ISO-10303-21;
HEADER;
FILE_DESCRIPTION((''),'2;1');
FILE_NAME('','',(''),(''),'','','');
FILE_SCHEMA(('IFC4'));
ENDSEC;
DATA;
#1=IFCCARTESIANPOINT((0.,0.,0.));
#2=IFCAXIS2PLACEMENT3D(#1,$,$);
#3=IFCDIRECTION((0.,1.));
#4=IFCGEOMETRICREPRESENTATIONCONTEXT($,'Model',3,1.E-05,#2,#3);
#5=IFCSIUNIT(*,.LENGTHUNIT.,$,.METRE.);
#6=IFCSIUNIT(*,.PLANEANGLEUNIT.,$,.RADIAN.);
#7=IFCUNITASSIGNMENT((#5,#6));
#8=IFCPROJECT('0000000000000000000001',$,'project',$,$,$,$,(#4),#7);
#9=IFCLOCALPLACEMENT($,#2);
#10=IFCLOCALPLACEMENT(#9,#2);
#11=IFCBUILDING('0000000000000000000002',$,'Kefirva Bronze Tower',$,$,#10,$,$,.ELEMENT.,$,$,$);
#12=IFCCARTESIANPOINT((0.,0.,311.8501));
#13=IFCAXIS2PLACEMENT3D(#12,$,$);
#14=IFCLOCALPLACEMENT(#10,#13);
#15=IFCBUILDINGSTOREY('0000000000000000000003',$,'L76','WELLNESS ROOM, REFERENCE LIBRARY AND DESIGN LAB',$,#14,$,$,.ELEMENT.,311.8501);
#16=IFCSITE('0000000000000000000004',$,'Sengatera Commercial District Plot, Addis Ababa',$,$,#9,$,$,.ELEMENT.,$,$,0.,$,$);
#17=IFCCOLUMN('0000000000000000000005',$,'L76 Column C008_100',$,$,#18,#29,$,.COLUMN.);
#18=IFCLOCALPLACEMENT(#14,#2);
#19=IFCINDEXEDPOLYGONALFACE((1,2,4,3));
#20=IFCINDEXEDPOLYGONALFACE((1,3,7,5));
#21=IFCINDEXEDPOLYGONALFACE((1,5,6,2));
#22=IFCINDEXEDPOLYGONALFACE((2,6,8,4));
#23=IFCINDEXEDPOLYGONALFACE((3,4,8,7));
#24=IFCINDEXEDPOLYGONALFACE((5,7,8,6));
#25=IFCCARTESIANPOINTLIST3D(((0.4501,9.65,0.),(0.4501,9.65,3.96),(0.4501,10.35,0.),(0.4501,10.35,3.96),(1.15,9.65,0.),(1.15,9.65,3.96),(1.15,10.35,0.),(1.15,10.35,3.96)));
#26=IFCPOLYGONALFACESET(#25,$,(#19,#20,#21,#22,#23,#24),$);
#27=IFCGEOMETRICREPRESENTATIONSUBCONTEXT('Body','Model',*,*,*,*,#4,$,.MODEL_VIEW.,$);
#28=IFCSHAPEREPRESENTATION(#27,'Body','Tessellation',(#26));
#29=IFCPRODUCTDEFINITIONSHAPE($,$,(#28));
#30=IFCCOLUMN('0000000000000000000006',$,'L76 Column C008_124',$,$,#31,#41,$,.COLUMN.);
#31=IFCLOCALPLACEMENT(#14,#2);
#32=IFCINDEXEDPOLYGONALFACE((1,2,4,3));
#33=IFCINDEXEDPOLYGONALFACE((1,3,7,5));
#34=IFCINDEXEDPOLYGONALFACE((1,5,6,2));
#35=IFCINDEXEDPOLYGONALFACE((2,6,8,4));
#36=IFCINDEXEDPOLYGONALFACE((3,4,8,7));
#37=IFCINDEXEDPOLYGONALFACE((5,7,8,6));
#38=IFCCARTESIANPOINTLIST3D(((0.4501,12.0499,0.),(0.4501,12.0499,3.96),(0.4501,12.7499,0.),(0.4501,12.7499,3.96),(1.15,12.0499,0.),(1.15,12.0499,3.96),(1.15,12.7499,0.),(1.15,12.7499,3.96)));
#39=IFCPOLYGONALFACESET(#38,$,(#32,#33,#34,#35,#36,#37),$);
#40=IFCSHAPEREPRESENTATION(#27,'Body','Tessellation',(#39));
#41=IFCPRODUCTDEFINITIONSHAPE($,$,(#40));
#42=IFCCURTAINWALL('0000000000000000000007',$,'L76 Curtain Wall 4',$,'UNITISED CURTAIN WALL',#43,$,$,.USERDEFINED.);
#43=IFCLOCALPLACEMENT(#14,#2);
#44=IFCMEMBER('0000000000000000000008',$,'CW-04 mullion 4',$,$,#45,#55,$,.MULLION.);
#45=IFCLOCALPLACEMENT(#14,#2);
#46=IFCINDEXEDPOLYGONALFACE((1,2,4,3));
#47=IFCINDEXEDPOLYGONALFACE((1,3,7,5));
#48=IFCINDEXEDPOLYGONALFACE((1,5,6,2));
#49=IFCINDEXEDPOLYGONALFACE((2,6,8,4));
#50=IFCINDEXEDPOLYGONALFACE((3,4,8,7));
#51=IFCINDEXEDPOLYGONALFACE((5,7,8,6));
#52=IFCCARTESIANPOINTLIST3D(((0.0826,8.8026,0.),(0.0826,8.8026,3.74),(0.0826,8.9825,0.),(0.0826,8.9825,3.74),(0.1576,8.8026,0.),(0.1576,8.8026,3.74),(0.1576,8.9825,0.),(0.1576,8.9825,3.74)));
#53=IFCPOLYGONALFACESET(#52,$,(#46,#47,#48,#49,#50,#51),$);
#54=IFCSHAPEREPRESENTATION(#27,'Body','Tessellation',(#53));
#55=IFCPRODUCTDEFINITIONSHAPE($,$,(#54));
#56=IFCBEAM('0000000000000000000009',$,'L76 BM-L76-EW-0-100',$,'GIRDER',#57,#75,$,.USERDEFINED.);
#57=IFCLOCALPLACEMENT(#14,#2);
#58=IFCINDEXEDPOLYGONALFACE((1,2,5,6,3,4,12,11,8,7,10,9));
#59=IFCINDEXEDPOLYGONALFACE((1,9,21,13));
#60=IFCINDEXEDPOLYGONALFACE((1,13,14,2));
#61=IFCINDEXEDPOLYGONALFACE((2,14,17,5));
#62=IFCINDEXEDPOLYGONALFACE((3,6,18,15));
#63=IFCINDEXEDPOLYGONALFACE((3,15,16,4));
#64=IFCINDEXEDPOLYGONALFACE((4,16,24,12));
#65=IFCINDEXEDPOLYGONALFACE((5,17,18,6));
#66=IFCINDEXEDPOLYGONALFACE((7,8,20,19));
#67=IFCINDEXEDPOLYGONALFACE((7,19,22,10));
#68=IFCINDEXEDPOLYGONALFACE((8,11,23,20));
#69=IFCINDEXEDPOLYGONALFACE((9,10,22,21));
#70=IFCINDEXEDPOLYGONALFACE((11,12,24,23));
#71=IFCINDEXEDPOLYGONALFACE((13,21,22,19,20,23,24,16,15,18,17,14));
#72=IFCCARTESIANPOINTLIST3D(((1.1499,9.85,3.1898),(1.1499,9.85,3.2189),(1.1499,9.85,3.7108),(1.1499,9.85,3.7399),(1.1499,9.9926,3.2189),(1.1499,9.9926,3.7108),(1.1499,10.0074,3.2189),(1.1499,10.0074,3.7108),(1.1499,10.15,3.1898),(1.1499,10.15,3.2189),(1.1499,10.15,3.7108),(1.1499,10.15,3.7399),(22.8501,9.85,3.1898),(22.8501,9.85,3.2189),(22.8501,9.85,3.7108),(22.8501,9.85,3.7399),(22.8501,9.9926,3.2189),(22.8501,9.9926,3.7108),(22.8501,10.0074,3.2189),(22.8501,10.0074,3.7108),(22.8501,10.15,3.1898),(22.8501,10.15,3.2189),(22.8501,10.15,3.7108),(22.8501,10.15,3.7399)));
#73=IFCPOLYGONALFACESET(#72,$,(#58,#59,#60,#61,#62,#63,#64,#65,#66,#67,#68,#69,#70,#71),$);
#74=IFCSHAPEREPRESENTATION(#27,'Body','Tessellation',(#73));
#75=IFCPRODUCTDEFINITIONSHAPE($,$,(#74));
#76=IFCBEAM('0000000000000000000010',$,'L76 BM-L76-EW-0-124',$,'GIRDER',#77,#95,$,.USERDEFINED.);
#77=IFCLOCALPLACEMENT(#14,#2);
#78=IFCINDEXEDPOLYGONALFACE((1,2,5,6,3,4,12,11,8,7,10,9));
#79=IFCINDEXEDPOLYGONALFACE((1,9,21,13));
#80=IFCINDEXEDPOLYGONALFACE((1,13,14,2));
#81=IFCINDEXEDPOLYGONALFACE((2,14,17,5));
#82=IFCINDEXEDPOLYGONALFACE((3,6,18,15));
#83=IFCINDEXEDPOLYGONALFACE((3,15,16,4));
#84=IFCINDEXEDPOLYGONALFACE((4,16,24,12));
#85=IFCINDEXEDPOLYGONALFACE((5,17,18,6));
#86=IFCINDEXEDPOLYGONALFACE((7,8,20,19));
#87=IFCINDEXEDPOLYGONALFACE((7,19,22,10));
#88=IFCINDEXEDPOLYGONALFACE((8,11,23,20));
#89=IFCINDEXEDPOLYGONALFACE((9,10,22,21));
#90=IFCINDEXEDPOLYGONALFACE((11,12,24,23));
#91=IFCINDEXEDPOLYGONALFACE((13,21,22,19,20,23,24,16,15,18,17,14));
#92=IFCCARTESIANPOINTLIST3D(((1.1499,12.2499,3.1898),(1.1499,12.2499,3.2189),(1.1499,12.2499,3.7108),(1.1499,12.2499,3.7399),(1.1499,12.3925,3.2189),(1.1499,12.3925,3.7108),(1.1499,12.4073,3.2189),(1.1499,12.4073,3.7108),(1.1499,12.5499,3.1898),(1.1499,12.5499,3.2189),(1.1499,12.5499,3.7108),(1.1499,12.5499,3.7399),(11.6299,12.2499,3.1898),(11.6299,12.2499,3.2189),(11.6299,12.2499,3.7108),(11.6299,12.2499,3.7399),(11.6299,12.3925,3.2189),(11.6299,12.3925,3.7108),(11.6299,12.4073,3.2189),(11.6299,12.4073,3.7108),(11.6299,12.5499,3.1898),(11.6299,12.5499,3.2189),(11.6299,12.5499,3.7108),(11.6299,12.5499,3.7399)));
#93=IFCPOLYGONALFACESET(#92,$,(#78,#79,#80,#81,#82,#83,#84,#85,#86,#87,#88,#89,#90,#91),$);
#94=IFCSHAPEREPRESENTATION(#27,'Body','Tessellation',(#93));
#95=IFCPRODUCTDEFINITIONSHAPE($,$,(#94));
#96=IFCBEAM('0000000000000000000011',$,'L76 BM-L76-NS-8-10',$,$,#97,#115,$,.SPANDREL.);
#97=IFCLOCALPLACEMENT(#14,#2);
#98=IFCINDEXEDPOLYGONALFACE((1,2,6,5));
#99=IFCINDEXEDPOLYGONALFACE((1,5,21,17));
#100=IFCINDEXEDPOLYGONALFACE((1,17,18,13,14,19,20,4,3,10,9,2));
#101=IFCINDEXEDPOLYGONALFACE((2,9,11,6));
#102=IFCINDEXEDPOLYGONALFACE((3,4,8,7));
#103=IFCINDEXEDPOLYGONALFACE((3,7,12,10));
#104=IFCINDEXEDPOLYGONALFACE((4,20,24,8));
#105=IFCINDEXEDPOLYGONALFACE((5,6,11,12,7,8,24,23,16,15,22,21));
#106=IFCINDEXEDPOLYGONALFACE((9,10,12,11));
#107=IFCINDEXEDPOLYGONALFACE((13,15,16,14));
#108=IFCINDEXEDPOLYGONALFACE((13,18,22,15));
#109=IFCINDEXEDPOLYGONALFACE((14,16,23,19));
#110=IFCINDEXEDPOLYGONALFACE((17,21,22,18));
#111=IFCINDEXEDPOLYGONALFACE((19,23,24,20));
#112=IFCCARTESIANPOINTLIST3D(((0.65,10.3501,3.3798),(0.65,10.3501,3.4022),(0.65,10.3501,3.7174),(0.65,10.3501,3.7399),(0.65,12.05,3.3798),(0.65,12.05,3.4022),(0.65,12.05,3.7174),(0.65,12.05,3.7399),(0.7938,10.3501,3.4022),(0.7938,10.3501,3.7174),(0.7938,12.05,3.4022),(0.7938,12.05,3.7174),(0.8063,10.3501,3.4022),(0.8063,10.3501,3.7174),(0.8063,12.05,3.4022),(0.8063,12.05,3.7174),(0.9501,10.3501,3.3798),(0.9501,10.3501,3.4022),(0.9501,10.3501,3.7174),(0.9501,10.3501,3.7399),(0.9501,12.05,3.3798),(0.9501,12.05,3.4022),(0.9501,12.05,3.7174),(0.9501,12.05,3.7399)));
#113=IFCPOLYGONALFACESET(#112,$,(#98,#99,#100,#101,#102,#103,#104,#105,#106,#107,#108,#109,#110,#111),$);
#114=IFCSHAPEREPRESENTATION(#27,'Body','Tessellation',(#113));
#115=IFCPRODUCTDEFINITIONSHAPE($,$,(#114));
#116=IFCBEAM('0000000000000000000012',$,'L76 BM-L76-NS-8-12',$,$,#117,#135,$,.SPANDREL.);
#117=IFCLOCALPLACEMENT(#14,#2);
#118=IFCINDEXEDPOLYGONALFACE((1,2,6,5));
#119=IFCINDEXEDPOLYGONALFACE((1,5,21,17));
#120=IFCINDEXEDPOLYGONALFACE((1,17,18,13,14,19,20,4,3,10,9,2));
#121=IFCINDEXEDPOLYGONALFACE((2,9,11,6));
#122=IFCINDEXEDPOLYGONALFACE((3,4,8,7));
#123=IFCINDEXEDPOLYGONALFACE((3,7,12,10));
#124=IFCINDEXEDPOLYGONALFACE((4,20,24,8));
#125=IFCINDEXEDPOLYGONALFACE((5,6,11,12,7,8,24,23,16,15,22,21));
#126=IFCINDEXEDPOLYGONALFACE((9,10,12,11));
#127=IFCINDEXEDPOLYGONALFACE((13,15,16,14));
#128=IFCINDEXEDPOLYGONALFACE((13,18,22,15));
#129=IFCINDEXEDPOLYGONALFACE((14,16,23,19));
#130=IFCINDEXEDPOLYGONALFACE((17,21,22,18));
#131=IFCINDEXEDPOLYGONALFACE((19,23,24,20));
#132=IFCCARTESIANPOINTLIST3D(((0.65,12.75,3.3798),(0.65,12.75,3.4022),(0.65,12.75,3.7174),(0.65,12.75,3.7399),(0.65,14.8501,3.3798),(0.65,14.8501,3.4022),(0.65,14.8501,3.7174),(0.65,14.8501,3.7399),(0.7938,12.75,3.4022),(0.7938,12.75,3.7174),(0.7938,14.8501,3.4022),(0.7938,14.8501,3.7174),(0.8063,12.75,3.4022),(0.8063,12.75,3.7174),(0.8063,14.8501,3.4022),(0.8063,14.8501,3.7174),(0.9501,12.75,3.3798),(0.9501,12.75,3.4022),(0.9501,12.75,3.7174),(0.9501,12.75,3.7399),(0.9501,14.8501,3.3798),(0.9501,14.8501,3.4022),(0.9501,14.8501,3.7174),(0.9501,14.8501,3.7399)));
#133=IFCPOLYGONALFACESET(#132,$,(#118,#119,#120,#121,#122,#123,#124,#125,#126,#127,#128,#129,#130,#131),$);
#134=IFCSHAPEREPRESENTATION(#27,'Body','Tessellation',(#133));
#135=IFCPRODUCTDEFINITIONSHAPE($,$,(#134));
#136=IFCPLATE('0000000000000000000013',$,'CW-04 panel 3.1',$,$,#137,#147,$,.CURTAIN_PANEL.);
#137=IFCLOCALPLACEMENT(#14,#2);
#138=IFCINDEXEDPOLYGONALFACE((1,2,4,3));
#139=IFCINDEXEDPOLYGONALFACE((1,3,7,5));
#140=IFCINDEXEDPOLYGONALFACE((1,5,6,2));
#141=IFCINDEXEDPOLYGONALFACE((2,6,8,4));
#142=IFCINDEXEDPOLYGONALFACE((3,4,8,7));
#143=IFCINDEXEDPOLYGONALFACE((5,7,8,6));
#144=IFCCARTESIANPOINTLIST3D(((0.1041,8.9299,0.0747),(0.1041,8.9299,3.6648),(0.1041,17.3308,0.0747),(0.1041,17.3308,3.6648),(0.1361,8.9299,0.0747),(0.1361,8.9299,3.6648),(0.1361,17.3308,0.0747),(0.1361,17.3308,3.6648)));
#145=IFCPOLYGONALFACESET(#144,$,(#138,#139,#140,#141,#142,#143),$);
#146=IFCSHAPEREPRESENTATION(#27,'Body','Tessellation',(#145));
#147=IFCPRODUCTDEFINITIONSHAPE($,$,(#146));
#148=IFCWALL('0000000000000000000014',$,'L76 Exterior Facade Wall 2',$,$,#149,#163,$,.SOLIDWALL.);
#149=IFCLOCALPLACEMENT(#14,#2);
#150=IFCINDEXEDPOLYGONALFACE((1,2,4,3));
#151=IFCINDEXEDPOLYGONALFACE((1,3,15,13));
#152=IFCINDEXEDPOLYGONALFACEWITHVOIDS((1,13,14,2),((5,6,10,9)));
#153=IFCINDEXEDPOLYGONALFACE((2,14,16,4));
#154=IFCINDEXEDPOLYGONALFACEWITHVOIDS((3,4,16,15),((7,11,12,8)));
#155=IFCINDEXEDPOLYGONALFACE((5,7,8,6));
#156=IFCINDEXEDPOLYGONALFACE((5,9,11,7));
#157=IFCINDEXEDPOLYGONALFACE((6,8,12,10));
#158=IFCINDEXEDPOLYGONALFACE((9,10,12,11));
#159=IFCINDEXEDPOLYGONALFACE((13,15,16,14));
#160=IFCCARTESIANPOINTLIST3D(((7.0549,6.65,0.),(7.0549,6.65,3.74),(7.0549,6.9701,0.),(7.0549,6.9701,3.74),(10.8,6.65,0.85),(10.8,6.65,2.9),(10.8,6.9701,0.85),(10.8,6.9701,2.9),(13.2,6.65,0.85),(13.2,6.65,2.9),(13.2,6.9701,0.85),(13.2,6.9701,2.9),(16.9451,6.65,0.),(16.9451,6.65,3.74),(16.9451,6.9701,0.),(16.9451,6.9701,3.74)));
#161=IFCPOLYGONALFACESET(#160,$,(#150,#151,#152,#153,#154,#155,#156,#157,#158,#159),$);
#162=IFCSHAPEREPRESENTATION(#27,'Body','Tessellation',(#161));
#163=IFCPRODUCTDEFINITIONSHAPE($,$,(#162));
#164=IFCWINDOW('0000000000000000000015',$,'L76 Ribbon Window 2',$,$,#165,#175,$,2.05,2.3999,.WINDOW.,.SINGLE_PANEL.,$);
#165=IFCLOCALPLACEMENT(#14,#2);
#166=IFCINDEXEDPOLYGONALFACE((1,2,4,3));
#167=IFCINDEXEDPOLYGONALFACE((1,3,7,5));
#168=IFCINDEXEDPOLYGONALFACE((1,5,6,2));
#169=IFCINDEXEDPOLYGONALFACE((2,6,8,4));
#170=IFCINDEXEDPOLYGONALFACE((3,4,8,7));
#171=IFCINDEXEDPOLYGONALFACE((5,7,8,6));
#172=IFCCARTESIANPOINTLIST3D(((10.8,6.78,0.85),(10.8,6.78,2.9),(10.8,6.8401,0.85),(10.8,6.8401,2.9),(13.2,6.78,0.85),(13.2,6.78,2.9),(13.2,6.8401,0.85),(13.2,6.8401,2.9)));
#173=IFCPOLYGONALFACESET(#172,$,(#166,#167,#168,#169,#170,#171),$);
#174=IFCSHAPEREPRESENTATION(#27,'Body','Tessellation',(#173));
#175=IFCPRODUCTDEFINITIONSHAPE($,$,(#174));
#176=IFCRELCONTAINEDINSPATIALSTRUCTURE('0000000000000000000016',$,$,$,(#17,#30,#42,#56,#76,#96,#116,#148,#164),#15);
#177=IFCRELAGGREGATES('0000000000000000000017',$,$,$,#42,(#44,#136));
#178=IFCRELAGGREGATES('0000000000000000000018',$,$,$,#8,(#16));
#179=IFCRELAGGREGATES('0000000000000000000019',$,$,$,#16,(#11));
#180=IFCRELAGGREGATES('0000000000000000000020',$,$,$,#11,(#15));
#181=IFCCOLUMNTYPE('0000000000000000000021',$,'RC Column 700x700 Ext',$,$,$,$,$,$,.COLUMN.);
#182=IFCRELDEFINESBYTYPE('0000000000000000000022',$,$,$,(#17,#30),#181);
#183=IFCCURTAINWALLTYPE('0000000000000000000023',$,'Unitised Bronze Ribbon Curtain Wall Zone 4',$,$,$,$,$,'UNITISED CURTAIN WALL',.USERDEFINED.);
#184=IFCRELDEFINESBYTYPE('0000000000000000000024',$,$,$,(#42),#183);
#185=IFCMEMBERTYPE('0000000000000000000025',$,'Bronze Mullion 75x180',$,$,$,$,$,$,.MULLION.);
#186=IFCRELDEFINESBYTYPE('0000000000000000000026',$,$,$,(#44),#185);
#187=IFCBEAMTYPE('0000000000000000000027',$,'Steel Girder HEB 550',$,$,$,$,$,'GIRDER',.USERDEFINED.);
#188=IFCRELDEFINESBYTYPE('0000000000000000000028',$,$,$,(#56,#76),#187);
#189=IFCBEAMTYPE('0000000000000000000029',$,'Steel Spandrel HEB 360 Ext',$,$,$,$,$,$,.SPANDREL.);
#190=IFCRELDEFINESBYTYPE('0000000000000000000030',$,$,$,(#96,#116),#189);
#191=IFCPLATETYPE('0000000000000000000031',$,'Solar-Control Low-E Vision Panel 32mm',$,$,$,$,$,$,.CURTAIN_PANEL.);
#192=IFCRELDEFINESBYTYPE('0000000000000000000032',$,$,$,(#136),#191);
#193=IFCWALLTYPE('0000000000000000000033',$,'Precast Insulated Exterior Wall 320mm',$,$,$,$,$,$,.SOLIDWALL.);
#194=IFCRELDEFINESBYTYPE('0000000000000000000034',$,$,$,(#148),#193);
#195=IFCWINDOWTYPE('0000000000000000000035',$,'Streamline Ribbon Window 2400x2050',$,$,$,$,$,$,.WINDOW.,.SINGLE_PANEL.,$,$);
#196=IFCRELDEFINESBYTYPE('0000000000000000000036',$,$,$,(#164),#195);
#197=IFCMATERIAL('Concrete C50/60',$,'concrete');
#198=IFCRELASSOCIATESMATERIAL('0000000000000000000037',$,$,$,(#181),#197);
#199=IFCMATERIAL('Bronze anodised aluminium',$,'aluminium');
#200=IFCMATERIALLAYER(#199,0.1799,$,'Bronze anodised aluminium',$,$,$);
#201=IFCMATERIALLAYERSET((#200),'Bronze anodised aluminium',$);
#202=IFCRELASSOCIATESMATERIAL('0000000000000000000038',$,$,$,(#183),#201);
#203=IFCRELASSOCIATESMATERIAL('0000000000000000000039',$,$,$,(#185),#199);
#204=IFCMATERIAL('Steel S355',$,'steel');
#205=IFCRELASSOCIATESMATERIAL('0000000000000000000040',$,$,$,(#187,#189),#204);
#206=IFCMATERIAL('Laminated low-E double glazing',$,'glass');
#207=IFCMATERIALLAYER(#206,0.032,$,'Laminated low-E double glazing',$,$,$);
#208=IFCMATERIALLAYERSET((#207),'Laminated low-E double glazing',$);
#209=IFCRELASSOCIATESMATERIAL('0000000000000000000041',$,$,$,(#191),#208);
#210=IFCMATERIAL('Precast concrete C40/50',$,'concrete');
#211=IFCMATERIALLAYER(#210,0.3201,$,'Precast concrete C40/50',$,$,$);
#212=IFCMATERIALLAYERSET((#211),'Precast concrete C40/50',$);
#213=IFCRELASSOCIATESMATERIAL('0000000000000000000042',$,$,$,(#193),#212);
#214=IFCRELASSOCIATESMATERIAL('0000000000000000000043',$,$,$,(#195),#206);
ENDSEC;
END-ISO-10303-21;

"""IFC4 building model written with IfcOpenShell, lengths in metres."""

from ifc_helpers import new_model, si_unit, direction, frame, frame_2d, origin, origin_2d, place, context, subcontext, project, spatial, rectangle, i_section, extrude, material, layer, layer_set, material_profile, profile_set, type_object, element, fill, aggregate, save


model = new_model("IFC4")

# Units and contexts
model_context = context("Model", 3, precision=1e-05, world=origin(), true_north=direction((0.0, 1.0)))
body_context = subcontext(model_context, "Body", "Model", "MODEL_VIEW")
ifc_project = project(units=[si_unit("LENGTHUNIT", "METRE"), si_unit("PLANEANGLEUNIT", "RADIAN")], contexts=[model_context])

# Site, building, storey
site_placement = place(None, origin())
site = spatial("IfcSite", under=ifc_project, at=site_placement, Name="Sengatera Commercial District Plot, Addis Ababa", CompositionType="ELEMENT", RefElevation=0.0)
building_placement = place(site_placement, origin())
building = spatial("IfcBuilding", under=site, at=building_placement, Name="Kefirva Bronze Tower", CompositionType="ELEMENT")
storey_placement = place(building_placement, frame((0.0, 0.0, 311.8501)))
storey = spatial("IfcBuildingStorey", under=building, at=storey_placement, Name="L76", Description="WELLNESS ROOM, REFERENCE LIBRARY AND DESIGN LAB", CompositionType="ELEMENT", Elevation=311.8501)

# Columns
ifc_material_1 = material(Name="Concrete C50/60", Category="concrete")
ifc_material_profile_1 = material_profile(ifc_material_1, rectangle(XDim=0.7, YDim=0.7, at=origin_2d()), Name="RC 700x700")
ifc_profile_set_1 = profile_set([ifc_material_profile_1], Name="Concrete C50/60")
column_type = type_object("IfcColumnType", Name="RC Column 700x700 Ext", PredefinedType="COLUMN", material=ifc_profile_set_1)
for number, where, z_axis, x_axis, name in (
    (1, (0.8, 10.0, 0.0), (0.0, 0.0, 1.0), (1.0, 0.0, 0.0), "L76 Column C008_100"),
    (2, (0.8, 12.3999, 0.0), (0.0, 0.0, 1.0), (1.0, 0.0, 0.0), "L76 Column C008_124"),
):
    element("IfcColumn", number, at=place(storey_placement, frame(where, z_axis=z_axis, x_axis=x_axis)), inside=storey, type_object=column_type, Name=name, PredefinedType="COLUMN", context=body_context, shape_type="SweptSolid", body=[
        extrude(rectangle(XDim=0.7, YDim=0.7, at=origin_2d()), origin(), (0.0, 0.0, 1.0), 3.96),
    ])

# Curtain wall, member
ifc_material_2 = material(Name="Bronze anodised aluminium", Category="aluminium")
ifc_layer_1 = layer(ifc_material_2, 0.1799, Name="Bronze anodised aluminium")
ifc_layer_set_1 = layer_set([ifc_layer_1], Name="Bronze anodised aluminium")
curtain_wall_type = type_object("IfcCurtainWallType", Name="Unitised Bronze Ribbon Curtain Wall Zone 4", ElementType="UNITISED CURTAIN WALL", PredefinedType="USERDEFINED", material=ifc_layer_set_1)
curtain_wall_placement = place(storey_placement, origin())
curtain_wall = element("IfcCurtainWall", 3, at=curtain_wall_placement, inside=storey, type_object=curtain_wall_type, Name="L76 Curtain Wall 4", ObjectType="UNITISED CURTAIN WALL", PredefinedType="USERDEFINED")
ifc_material_profile_2 = material_profile(ifc_material_2, rectangle(XDim=0.075, YDim=0.1799, at=origin_2d()), Name="ALU 75x180")
ifc_profile_set_2 = profile_set([ifc_material_profile_2], Name="Bronze anodised aluminium")
member_type = type_object("IfcMemberType", Name="Bronze Mullion 75x180", PredefinedType="MULLION", material=ifc_profile_set_2)
member_placement = place(storey_placement, frame((0.1201, 8.8926, 0.0), z_axis=(0.0, 0.0, 1.0), x_axis=(1.0, 0.0, 0.0)))
member = element("IfcMember", 4, at=member_placement, type_object=member_type, Name="CW-04 mullion 4", PredefinedType="MULLION", context=body_context, shape_type="SweptSolid", body=[
    extrude(rectangle(XDim=0.075, YDim=0.1799, at=origin_2d()), origin(), (0.0, 0.0, 1.0), 3.74),
])

# Beams
ifc_material_3 = material(Name="Steel S355", Category="steel")
ifc_material_profile_3 = material_profile(ifc_material_3, i_section(OverallWidth=0.3, OverallDepth=0.55, WebThickness=0.0149, FlangeThickness=0.0291, at=origin_2d()), Name="HEB 550")
ifc_profile_set_3 = profile_set([ifc_material_profile_3], Name="Steel S355")
beam_type_1 = type_object("IfcBeamType", Name="Steel Girder HEB 550", ElementType="GIRDER", PredefinedType="USERDEFINED", material=ifc_profile_set_3)
beam_1_placement = place(storey_placement, frame((1.1499, 10.0, 3.4648), z_axis=(1.0, 0.0, 0.0), x_axis=(0.0, 1.0, 0.0)))
element("IfcBeam", 5, at=beam_1_placement, inside=storey, type_object=beam_type_1, Name="L76 BM-L76-EW-0-100", ObjectType="GIRDER", PredefinedType="USERDEFINED", context=body_context, shape_type="SweptSolid", body=[
    extrude(i_section(OverallWidth=0.3, OverallDepth=0.55, WebThickness=0.0149, FlangeThickness=0.0291, at=origin_2d()), origin(), (0.0, 0.0, 1.0), 21.7002),
])
beam_2_placement = place(storey_placement, frame((1.1499, 12.3999, 3.4648), z_axis=(1.0, 0.0, 0.0), x_axis=(0.0, 1.0, 0.0)))
element("IfcBeam", 6, at=beam_2_placement, inside=storey, type_object=beam_type_1, Name="L76 BM-L76-EW-0-124", ObjectType="GIRDER", PredefinedType="USERDEFINED", context=body_context, shape_type="SweptSolid", body=[
    extrude(i_section(OverallWidth=0.3, OverallDepth=0.55, WebThickness=0.0149, FlangeThickness=0.0291, at=origin_2d()), origin(), (0.0, 0.0, 1.0), 10.48),
])
ifc_material_profile_4 = material_profile(ifc_material_3, i_section(OverallWidth=0.3, OverallDepth=0.3601, WebThickness=0.0125, FlangeThickness=0.0225, at=origin_2d()), Name="HEB 360")
ifc_profile_set_4 = profile_set([ifc_material_profile_4], Name="Steel S355")
beam_type_2 = type_object("IfcBeamType", Name="Steel Spandrel HEB 360 Ext", PredefinedType="SPANDREL", material=ifc_profile_set_4)
beam_3_placement = place(storey_placement, frame((0.8, 10.3501, 3.5598), z_axis=(0.0, 1.0, 0.0), x_axis=(-1.0, 0.0, 0.0)))
element("IfcBeam", 7, at=beam_3_placement, inside=storey, type_object=beam_type_2, Name="L76 BM-L76-NS-8-10", PredefinedType="SPANDREL", context=body_context, shape_type="SweptSolid", body=[
    extrude(i_section(OverallWidth=0.3, OverallDepth=0.3601, WebThickness=0.0125, FlangeThickness=0.0225, at=origin_2d()), origin(), (0.0, 0.0, 1.0), 1.7),
])
beam_4_placement = place(storey_placement, frame((0.8, 12.75, 3.5598), z_axis=(0.0, 1.0, 0.0), x_axis=(-1.0, 0.0, 0.0)))
element("IfcBeam", 8, at=beam_4_placement, inside=storey, type_object=beam_type_2, Name="L76 BM-L76-NS-8-12", PredefinedType="SPANDREL", context=body_context, shape_type="SweptSolid", body=[
    extrude(i_section(OverallWidth=0.3, OverallDepth=0.3601, WebThickness=0.0125, FlangeThickness=0.0225, at=origin_2d()), origin(), (0.0, 0.0, 1.0), 2.1001),
])

# Plate
ifc_material_4 = material(Name="Laminated low-E double glazing", Category="glass")
ifc_layer_2 = layer(ifc_material_4, 0.032, Name="Laminated low-E double glazing")
ifc_layer_set_2 = layer_set([ifc_layer_2], Name="Laminated low-E double glazing")
plate_type = type_object("IfcPlateType", Name="Solar-Control Low-E Vision Panel 32mm", PredefinedType="CURTAIN_PANEL", material=ifc_layer_set_2)
plate_placement = place(storey_placement, frame((0.1201, 13.1304, 0.0747), z_axis=(0.0, 0.0, 1.0), x_axis=(0.0, -1.0, 0.0)))
plate = element("IfcPlate", 9, at=plate_placement, type_object=plate_type, Name="CW-04 panel 3.1", PredefinedType="CURTAIN_PANEL", context=body_context, shape_type="SweptSolid", body=[
    extrude(rectangle(XDim=8.4009, YDim=0.032, at=origin_2d()), origin(), (0.0, 0.0, 1.0), 3.5901),
])
aggregate(curtain_wall, [member, plate])

# Wall, opening, window
ifc_material_5 = material(Name="Precast concrete C40/50", Category="concrete")
ifc_layer_3 = layer(ifc_material_5, 0.3201, Name="Precast concrete C40/50")
ifc_layer_set_3 = layer_set([ifc_layer_3], Name="Precast concrete C40/50")
wall_type_1 = type_object("IfcWallType", Name="Precast Insulated Exterior Wall 320mm", PredefinedType="SOLIDWALL", material=ifc_layer_set_3)
wall_1_placement = place(storey_placement, frame((7.0549, 6.8101, 0.0), z_axis=(0.0, 0.0, 1.0), x_axis=(1.0, 0.0, 0.0)))
wall_1 = element("IfcWall", 10, at=wall_1_placement, inside=storey, type_object=wall_type_1, Name="L76 Exterior Facade Wall 2", PredefinedType="SOLIDWALL", context=body_context, shape_type="SweptSolid", body=[
    extrude(rectangle(XDim=9.8901, YDim=0.3201, at=frame_2d((4.9451, 0.0))), origin(), (0.0, 0.0, 1.0), 3.74),
])
opening_1_placement = place(wall_1_placement, frame((3.7451, 0.0, 0.8501)))
opening_1 = element("IfcOpeningElement", 11, at=opening_1_placement, cuts=wall_1, PredefinedType="OPENING", context=body_context, shape_type="SweptSolid", body=[
    extrude(rectangle(XDim=2.3999, YDim=2.05, at=frame_2d((1.2, 1.0249))), frame((0.0, 0.1699, 0.0), z_axis=(0.0, -1.0, 0.0), x_axis=(1.0, 0.0, 0.0)), (0.0, 0.0, 1.0), 0.3401),
])
window_type = type_object("IfcWindowType", Name="Streamline Ribbon Window 2400x2050", PartitioningType="SINGLE_PANEL", PredefinedType="WINDOW", material=ifc_material_4)
window_placement = place(opening_1_placement, origin())
window = element("IfcWindow", 12, at=window_placement, inside=storey, type_object=window_type, Name="L76 Ribbon Window 2", OverallHeight=2.05, OverallWidth=2.3999, PartitioningType="SINGLE_PANEL", PredefinedType="WINDOW", context=body_context, shape_type="SweptSolid", body=[
    extrude(rectangle(XDim=2.3999, YDim=2.05, at=frame_2d((1.2, 1.0249))), frame((0.0, 0.03, 0.0), z_axis=(0.0, -1.0, 0.0), x_axis=(1.0, 0.0, 0.0)), (0.0, 0.0, 1.0), 0.0601),
])
fill(opening_1, window)

save(model, "model.ifc")
